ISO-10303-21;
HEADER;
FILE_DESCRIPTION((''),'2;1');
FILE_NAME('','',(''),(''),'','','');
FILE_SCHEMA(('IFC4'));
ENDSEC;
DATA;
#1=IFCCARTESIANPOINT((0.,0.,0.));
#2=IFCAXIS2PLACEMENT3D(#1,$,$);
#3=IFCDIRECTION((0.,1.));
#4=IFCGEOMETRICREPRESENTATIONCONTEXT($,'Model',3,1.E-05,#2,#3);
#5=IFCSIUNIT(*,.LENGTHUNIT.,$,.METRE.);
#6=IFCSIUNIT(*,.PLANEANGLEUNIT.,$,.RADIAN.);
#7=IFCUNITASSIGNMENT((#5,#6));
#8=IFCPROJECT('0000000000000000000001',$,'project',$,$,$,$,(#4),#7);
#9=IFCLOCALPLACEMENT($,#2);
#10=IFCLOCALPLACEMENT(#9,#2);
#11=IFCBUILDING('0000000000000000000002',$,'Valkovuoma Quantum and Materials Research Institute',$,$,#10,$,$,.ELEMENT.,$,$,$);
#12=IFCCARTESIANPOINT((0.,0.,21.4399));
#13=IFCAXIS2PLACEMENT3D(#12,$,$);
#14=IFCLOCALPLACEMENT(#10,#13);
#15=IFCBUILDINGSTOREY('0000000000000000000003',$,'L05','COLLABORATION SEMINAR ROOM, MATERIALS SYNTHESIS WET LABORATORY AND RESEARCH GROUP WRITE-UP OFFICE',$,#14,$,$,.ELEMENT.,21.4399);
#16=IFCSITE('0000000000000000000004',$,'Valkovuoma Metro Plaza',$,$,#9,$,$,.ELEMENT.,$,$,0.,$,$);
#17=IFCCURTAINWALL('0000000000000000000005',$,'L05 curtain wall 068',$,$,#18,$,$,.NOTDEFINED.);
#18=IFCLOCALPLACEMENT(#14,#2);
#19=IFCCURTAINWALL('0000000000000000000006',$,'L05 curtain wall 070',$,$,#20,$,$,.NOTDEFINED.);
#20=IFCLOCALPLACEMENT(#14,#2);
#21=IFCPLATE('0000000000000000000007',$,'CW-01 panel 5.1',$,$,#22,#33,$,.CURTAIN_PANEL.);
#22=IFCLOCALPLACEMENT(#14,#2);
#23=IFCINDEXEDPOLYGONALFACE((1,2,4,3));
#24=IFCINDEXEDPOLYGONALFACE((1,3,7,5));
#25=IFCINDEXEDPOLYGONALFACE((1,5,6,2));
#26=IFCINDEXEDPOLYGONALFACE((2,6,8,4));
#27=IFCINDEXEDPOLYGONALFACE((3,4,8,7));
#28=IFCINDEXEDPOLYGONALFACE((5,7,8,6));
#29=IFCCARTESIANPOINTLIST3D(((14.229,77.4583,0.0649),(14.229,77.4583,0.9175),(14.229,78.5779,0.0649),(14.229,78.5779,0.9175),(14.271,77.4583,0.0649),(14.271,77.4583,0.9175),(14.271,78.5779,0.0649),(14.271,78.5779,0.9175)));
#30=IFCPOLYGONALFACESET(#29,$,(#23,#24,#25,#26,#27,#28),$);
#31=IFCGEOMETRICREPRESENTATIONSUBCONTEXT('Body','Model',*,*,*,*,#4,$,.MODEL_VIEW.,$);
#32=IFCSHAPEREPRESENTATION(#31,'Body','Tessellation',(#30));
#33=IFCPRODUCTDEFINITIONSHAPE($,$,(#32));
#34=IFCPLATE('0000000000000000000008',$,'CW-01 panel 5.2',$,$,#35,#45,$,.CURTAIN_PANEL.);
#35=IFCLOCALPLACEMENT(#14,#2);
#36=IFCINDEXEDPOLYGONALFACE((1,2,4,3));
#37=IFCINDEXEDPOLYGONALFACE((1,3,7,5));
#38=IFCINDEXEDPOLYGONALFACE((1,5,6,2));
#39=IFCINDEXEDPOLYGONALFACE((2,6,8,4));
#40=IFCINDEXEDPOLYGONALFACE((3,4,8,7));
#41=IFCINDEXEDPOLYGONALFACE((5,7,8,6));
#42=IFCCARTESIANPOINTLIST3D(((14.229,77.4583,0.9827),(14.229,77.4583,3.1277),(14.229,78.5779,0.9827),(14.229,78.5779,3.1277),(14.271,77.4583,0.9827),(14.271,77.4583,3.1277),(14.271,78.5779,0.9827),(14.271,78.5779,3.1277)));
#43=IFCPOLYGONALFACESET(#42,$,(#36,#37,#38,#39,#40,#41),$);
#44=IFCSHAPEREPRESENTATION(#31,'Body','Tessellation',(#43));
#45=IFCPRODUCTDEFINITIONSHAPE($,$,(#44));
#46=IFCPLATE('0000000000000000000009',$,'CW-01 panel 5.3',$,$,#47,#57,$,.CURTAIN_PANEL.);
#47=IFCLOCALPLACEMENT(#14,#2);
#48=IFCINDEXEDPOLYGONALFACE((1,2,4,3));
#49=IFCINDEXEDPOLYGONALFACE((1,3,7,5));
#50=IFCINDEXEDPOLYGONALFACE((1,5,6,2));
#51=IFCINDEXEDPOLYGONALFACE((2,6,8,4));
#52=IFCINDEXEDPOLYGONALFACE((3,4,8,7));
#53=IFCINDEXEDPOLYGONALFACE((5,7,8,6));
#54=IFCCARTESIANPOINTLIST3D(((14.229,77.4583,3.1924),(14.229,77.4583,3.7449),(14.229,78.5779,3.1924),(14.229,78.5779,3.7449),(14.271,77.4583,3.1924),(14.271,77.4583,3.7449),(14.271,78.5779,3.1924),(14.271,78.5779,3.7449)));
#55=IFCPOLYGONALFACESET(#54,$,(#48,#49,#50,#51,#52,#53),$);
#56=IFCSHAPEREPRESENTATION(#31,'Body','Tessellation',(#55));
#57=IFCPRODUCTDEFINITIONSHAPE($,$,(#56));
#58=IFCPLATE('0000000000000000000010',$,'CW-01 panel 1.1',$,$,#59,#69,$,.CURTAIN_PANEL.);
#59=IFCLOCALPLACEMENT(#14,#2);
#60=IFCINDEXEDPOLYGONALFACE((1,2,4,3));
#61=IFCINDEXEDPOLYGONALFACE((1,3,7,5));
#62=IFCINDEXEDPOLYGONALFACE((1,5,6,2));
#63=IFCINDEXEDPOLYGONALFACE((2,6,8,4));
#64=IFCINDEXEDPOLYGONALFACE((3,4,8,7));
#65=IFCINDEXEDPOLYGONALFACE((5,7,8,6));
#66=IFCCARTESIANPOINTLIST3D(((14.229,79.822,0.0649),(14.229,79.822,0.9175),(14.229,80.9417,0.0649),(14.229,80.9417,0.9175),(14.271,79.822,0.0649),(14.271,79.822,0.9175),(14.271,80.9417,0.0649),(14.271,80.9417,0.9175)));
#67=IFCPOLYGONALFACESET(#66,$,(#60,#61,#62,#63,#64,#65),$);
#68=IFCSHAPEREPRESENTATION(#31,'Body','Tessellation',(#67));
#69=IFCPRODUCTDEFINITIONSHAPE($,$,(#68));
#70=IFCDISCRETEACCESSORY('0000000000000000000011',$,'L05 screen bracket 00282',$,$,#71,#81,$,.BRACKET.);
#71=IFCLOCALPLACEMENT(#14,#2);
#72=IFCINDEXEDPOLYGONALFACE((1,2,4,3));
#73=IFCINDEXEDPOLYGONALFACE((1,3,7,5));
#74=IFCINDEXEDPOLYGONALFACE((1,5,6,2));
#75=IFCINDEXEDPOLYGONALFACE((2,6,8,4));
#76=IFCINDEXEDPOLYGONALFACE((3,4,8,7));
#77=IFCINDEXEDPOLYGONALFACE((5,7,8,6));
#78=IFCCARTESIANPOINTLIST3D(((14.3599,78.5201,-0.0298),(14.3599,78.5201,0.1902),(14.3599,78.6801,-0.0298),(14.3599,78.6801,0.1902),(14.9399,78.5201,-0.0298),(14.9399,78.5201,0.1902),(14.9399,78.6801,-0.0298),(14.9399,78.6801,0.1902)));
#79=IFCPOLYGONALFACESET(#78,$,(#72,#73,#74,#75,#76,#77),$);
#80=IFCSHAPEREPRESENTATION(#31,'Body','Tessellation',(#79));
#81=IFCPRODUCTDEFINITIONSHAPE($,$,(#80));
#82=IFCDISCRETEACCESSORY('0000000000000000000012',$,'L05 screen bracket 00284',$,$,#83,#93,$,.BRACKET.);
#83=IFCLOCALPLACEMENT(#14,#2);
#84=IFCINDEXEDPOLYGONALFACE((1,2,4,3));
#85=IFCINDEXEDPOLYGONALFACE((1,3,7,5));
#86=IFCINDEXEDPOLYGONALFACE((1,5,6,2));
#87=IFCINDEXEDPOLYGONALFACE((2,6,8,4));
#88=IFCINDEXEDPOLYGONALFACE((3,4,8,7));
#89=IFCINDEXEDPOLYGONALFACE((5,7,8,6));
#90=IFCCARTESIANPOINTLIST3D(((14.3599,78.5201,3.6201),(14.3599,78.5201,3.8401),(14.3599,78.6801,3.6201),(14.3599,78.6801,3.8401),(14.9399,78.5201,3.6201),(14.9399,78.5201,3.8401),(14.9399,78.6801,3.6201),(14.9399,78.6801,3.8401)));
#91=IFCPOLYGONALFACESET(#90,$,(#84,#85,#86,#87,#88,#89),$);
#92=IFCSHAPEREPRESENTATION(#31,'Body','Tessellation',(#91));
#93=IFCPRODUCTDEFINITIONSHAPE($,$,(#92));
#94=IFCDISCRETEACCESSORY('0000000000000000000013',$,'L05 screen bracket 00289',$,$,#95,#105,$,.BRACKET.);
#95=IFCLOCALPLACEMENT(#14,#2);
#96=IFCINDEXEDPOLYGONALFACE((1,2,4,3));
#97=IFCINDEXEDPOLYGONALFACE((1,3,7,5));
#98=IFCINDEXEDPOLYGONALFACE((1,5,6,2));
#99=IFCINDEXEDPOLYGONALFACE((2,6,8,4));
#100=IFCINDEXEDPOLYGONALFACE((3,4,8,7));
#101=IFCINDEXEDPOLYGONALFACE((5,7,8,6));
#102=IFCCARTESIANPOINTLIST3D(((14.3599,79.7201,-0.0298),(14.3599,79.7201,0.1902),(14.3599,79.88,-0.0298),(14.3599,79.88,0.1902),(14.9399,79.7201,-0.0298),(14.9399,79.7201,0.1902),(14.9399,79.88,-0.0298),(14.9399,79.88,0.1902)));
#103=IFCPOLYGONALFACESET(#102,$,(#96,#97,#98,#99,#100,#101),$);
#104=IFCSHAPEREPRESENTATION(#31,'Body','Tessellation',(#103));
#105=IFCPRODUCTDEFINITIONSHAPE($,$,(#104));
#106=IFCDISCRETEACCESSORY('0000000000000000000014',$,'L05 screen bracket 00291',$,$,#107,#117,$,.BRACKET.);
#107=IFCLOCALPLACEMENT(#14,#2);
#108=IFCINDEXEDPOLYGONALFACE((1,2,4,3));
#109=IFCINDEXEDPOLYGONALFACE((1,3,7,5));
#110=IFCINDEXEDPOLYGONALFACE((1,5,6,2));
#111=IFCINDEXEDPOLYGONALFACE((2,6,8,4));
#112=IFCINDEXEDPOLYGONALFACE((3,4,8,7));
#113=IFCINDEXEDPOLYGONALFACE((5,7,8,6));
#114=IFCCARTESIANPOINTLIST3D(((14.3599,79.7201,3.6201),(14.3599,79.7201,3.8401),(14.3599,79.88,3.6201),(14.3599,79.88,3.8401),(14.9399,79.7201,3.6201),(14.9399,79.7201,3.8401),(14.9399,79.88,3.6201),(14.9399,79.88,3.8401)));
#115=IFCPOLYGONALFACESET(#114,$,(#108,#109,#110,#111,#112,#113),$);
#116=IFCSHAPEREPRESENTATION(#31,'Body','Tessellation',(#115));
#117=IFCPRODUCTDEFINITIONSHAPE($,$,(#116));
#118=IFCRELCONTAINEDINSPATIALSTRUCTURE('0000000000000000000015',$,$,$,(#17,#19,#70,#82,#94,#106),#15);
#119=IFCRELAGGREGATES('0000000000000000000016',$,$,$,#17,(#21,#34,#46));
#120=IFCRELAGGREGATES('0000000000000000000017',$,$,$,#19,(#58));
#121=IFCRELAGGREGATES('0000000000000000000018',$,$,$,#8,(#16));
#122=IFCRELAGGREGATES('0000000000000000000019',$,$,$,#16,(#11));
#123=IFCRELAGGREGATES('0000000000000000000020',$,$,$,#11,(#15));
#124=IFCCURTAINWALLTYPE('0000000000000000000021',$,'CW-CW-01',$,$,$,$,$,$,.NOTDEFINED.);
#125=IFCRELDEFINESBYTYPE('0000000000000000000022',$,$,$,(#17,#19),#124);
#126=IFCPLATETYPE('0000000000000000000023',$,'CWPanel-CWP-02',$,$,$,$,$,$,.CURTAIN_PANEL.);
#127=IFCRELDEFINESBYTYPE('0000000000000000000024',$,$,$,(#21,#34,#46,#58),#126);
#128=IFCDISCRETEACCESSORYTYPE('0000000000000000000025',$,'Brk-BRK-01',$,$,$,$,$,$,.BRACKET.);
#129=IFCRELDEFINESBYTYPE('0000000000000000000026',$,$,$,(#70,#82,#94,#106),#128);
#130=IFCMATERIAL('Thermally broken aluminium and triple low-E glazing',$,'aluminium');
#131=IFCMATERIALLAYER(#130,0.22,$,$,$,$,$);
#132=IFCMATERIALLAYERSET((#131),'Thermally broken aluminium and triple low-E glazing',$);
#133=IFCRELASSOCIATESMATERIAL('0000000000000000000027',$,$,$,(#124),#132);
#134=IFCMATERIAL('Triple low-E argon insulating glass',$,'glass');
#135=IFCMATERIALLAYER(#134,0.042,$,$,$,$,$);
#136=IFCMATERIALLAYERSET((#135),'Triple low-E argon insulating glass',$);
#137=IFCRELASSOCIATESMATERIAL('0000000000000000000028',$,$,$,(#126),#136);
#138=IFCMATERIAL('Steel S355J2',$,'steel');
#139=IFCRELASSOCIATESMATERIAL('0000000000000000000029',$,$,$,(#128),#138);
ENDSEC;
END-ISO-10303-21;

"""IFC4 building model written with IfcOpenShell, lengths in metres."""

from ifc_helpers import new_model, si_unit, direction, frame, origin, origin_2d, place, context, subcontext, project, spatial, rectangle, extrude, material, layer, layer_set, type_object, element, aggregate, save


model = new_model("IFC4")

# Units and contexts
model_context = context("Model", 3, precision=1e-05, world=origin(), true_north=direction((0.0, 1.0)))
body_context = subcontext(model_context, "Body", "Model", "MODEL_VIEW")
ifc_project = project(units=[si_unit("LENGTHUNIT", "METRE"), si_unit("PLANEANGLEUNIT", "RADIAN")], contexts=[model_context])

# Site, building, storey
site_placement = place(None, origin())
site = spatial("IfcSite", under=ifc_project, at=site_placement, Name="Valkovuoma Metro Plaza", CompositionType="ELEMENT", RefElevation=0.0)
building_placement = place(site_placement, origin())
building = spatial("IfcBuilding", under=site, at=building_placement, Name="Valkovuoma Quantum and Materials Research Institute", CompositionType="ELEMENT")
storey_placement = place(building_placement, frame((0.0, 0.0, 21.4399)))
storey = spatial("IfcBuildingStorey", under=building, at=storey_placement, Name="L05", Description="COLLABORATION SEMINAR ROOM, MATERIALS SYNTHESIS WET LABORATORY AND RESEARCH GROUP WRITE-UP OFFICE", CompositionType="ELEMENT", Elevation=21.4399)

# Curtain wall
ifc_material_1 = material(Name="Thermally broken aluminium and triple low-E glazing", Category="aluminium")
ifc_layer_1 = layer(ifc_material_1, 0.22)
ifc_layer_set_1 = layer_set([ifc_layer_1], Name="Thermally broken aluminium and triple low-E glazing")
curtain_wall_type = type_object("IfcCurtainWallType", Name="CW-CW-01", PredefinedType="NOTDEFINED", material=ifc_layer_set_1)
curtain_wall_1_placement = place(storey_placement, origin())
curtain_wall_1 = element("IfcCurtainWall", 1, at=curtain_wall_1_placement, inside=storey, type_object=curtain_wall_type, Name="L05 curtain wall 068", PredefinedType="NOTDEFINED")

# Curtain wall
curtain_wall_2_placement = place(storey_placement, origin())
curtain_wall_2 = element("IfcCurtainWall", 2, at=curtain_wall_2_placement, inside=storey, type_object=curtain_wall_type, Name="L05 curtain wall 070", PredefinedType="NOTDEFINED")

# Plates
ifc_material_2 = material(Name="Triple low-E argon insulating glass", Category="glass")
ifc_layer_2 = layer(ifc_material_2, 0.042)
ifc_layer_set_2 = layer_set([ifc_layer_2], Name="Triple low-E argon insulating glass")
plate_type = type_object("IfcPlateType", Name="CWPanel-CWP-02", PredefinedType="CURTAIN_PANEL", material=ifc_layer_set_2)
plate_1_placement = place(storey_placement, frame((14.25, 78.0181, 0.0649), z_axis=(0.0, 0.0, 1.0), x_axis=(0.0, 1.0, 0.0)))
plate_1 = element("IfcPlate", 3, at=plate_1_placement, type_object=plate_type, Name="CW-01 panel 5.1", PredefinedType="CURTAIN_PANEL", context=body_context, shape_type="SweptSolid", body=[
    extrude(rectangle(XDim=1.1196, YDim=0.042, at=origin_2d()), origin(), (0.0, 0.0, 1.0), 0.8525),
])
plate_2_placement = place(storey_placement, frame((14.25, 78.0181, 0.9827), z_axis=(0.0, 0.0, 1.0), x_axis=(0.0, 1.0, 0.0)))
plate_2 = element("IfcPlate", 4, at=plate_2_placement, type_object=plate_type, Name="CW-01 panel 5.2", PredefinedType="CURTAIN_PANEL", context=body_context, shape_type="SweptSolid", body=[
    extrude(rectangle(XDim=1.1196, YDim=0.042, at=origin_2d()), origin(), (0.0, 0.0, 1.0), 2.145),
])
plate_3_placement = place(storey_placement, frame((14.25, 78.0181, 3.1924), z_axis=(0.0, 0.0, 1.0), x_axis=(0.0, 1.0, 0.0)))
plate_3 = element("IfcPlate", 5, at=plate_3_placement, type_object=plate_type, Name="CW-01 panel 5.3", PredefinedType="CURTAIN_PANEL", context=body_context, shape_type="SweptSolid", body=[
    extrude(rectangle(XDim=1.1196, YDim=0.042, at=origin_2d()), origin(), (0.0, 0.0, 1.0), 0.5525),
])
aggregate(curtain_wall_1, [plate_1, plate_2, plate_3])
plate_4_placement = place(storey_placement, frame((14.25, 80.3818, 0.0649), z_axis=(0.0, 0.0, 1.0), x_axis=(0.0, 1.0, 0.0)))
plate_4 = element("IfcPlate", 6, at=plate_4_placement, type_object=plate_type, Name="CW-01 panel 1.1", PredefinedType="CURTAIN_PANEL", context=body_context, shape_type="SweptSolid", body=[
    extrude(rectangle(XDim=1.1196, YDim=0.042, at=origin_2d()), origin(), (0.0, 0.0, 1.0), 0.8525),
])
aggregate(curtain_wall_2, [plate_4])

# Discrete accessories
ifc_material_3 = material(Name="Steel S355J2", Category="steel")
discrete_accessory_type = type_object("IfcDiscreteAccessoryType", Name="Brk-BRK-01", PredefinedType="BRACKET", material=ifc_material_3)
for number, where, z_axis, x_axis, name in (
    (7, (14.6499, 78.6001, -0.0298), (0.0, 0.0, 1.0), (1.0, 0.0, 0.0), "L05 screen bracket 00282"),
    (8, (14.6499, 78.6001, 3.6201), (0.0, 0.0, 1.0), (1.0, 0.0, 0.0), "L05 screen bracket 00284"),
    (9, (14.6499, 79.8, -0.0298), (0.0, 0.0, 1.0), (1.0, 0.0, 0.0), "L05 screen bracket 00289"),
    (10, (14.6499, 79.8, 3.6201), (0.0, 0.0, 1.0), (1.0, 0.0, 0.0), "L05 screen bracket 00291"),
):
    element("IfcDiscreteAccessory", number, at=place(storey_placement, frame(where, z_axis=z_axis, x_axis=x_axis)), inside=storey, type_object=discrete_accessory_type, Name=name, PredefinedType="BRACKET", context=body_context, shape_type="SweptSolid", body=[
        extrude(rectangle(XDim=0.5801, YDim=0.1599, at=origin_2d()), origin(), (0.0, 0.0, 1.0), 0.22),
    ])

save(model, "model.ifc")
